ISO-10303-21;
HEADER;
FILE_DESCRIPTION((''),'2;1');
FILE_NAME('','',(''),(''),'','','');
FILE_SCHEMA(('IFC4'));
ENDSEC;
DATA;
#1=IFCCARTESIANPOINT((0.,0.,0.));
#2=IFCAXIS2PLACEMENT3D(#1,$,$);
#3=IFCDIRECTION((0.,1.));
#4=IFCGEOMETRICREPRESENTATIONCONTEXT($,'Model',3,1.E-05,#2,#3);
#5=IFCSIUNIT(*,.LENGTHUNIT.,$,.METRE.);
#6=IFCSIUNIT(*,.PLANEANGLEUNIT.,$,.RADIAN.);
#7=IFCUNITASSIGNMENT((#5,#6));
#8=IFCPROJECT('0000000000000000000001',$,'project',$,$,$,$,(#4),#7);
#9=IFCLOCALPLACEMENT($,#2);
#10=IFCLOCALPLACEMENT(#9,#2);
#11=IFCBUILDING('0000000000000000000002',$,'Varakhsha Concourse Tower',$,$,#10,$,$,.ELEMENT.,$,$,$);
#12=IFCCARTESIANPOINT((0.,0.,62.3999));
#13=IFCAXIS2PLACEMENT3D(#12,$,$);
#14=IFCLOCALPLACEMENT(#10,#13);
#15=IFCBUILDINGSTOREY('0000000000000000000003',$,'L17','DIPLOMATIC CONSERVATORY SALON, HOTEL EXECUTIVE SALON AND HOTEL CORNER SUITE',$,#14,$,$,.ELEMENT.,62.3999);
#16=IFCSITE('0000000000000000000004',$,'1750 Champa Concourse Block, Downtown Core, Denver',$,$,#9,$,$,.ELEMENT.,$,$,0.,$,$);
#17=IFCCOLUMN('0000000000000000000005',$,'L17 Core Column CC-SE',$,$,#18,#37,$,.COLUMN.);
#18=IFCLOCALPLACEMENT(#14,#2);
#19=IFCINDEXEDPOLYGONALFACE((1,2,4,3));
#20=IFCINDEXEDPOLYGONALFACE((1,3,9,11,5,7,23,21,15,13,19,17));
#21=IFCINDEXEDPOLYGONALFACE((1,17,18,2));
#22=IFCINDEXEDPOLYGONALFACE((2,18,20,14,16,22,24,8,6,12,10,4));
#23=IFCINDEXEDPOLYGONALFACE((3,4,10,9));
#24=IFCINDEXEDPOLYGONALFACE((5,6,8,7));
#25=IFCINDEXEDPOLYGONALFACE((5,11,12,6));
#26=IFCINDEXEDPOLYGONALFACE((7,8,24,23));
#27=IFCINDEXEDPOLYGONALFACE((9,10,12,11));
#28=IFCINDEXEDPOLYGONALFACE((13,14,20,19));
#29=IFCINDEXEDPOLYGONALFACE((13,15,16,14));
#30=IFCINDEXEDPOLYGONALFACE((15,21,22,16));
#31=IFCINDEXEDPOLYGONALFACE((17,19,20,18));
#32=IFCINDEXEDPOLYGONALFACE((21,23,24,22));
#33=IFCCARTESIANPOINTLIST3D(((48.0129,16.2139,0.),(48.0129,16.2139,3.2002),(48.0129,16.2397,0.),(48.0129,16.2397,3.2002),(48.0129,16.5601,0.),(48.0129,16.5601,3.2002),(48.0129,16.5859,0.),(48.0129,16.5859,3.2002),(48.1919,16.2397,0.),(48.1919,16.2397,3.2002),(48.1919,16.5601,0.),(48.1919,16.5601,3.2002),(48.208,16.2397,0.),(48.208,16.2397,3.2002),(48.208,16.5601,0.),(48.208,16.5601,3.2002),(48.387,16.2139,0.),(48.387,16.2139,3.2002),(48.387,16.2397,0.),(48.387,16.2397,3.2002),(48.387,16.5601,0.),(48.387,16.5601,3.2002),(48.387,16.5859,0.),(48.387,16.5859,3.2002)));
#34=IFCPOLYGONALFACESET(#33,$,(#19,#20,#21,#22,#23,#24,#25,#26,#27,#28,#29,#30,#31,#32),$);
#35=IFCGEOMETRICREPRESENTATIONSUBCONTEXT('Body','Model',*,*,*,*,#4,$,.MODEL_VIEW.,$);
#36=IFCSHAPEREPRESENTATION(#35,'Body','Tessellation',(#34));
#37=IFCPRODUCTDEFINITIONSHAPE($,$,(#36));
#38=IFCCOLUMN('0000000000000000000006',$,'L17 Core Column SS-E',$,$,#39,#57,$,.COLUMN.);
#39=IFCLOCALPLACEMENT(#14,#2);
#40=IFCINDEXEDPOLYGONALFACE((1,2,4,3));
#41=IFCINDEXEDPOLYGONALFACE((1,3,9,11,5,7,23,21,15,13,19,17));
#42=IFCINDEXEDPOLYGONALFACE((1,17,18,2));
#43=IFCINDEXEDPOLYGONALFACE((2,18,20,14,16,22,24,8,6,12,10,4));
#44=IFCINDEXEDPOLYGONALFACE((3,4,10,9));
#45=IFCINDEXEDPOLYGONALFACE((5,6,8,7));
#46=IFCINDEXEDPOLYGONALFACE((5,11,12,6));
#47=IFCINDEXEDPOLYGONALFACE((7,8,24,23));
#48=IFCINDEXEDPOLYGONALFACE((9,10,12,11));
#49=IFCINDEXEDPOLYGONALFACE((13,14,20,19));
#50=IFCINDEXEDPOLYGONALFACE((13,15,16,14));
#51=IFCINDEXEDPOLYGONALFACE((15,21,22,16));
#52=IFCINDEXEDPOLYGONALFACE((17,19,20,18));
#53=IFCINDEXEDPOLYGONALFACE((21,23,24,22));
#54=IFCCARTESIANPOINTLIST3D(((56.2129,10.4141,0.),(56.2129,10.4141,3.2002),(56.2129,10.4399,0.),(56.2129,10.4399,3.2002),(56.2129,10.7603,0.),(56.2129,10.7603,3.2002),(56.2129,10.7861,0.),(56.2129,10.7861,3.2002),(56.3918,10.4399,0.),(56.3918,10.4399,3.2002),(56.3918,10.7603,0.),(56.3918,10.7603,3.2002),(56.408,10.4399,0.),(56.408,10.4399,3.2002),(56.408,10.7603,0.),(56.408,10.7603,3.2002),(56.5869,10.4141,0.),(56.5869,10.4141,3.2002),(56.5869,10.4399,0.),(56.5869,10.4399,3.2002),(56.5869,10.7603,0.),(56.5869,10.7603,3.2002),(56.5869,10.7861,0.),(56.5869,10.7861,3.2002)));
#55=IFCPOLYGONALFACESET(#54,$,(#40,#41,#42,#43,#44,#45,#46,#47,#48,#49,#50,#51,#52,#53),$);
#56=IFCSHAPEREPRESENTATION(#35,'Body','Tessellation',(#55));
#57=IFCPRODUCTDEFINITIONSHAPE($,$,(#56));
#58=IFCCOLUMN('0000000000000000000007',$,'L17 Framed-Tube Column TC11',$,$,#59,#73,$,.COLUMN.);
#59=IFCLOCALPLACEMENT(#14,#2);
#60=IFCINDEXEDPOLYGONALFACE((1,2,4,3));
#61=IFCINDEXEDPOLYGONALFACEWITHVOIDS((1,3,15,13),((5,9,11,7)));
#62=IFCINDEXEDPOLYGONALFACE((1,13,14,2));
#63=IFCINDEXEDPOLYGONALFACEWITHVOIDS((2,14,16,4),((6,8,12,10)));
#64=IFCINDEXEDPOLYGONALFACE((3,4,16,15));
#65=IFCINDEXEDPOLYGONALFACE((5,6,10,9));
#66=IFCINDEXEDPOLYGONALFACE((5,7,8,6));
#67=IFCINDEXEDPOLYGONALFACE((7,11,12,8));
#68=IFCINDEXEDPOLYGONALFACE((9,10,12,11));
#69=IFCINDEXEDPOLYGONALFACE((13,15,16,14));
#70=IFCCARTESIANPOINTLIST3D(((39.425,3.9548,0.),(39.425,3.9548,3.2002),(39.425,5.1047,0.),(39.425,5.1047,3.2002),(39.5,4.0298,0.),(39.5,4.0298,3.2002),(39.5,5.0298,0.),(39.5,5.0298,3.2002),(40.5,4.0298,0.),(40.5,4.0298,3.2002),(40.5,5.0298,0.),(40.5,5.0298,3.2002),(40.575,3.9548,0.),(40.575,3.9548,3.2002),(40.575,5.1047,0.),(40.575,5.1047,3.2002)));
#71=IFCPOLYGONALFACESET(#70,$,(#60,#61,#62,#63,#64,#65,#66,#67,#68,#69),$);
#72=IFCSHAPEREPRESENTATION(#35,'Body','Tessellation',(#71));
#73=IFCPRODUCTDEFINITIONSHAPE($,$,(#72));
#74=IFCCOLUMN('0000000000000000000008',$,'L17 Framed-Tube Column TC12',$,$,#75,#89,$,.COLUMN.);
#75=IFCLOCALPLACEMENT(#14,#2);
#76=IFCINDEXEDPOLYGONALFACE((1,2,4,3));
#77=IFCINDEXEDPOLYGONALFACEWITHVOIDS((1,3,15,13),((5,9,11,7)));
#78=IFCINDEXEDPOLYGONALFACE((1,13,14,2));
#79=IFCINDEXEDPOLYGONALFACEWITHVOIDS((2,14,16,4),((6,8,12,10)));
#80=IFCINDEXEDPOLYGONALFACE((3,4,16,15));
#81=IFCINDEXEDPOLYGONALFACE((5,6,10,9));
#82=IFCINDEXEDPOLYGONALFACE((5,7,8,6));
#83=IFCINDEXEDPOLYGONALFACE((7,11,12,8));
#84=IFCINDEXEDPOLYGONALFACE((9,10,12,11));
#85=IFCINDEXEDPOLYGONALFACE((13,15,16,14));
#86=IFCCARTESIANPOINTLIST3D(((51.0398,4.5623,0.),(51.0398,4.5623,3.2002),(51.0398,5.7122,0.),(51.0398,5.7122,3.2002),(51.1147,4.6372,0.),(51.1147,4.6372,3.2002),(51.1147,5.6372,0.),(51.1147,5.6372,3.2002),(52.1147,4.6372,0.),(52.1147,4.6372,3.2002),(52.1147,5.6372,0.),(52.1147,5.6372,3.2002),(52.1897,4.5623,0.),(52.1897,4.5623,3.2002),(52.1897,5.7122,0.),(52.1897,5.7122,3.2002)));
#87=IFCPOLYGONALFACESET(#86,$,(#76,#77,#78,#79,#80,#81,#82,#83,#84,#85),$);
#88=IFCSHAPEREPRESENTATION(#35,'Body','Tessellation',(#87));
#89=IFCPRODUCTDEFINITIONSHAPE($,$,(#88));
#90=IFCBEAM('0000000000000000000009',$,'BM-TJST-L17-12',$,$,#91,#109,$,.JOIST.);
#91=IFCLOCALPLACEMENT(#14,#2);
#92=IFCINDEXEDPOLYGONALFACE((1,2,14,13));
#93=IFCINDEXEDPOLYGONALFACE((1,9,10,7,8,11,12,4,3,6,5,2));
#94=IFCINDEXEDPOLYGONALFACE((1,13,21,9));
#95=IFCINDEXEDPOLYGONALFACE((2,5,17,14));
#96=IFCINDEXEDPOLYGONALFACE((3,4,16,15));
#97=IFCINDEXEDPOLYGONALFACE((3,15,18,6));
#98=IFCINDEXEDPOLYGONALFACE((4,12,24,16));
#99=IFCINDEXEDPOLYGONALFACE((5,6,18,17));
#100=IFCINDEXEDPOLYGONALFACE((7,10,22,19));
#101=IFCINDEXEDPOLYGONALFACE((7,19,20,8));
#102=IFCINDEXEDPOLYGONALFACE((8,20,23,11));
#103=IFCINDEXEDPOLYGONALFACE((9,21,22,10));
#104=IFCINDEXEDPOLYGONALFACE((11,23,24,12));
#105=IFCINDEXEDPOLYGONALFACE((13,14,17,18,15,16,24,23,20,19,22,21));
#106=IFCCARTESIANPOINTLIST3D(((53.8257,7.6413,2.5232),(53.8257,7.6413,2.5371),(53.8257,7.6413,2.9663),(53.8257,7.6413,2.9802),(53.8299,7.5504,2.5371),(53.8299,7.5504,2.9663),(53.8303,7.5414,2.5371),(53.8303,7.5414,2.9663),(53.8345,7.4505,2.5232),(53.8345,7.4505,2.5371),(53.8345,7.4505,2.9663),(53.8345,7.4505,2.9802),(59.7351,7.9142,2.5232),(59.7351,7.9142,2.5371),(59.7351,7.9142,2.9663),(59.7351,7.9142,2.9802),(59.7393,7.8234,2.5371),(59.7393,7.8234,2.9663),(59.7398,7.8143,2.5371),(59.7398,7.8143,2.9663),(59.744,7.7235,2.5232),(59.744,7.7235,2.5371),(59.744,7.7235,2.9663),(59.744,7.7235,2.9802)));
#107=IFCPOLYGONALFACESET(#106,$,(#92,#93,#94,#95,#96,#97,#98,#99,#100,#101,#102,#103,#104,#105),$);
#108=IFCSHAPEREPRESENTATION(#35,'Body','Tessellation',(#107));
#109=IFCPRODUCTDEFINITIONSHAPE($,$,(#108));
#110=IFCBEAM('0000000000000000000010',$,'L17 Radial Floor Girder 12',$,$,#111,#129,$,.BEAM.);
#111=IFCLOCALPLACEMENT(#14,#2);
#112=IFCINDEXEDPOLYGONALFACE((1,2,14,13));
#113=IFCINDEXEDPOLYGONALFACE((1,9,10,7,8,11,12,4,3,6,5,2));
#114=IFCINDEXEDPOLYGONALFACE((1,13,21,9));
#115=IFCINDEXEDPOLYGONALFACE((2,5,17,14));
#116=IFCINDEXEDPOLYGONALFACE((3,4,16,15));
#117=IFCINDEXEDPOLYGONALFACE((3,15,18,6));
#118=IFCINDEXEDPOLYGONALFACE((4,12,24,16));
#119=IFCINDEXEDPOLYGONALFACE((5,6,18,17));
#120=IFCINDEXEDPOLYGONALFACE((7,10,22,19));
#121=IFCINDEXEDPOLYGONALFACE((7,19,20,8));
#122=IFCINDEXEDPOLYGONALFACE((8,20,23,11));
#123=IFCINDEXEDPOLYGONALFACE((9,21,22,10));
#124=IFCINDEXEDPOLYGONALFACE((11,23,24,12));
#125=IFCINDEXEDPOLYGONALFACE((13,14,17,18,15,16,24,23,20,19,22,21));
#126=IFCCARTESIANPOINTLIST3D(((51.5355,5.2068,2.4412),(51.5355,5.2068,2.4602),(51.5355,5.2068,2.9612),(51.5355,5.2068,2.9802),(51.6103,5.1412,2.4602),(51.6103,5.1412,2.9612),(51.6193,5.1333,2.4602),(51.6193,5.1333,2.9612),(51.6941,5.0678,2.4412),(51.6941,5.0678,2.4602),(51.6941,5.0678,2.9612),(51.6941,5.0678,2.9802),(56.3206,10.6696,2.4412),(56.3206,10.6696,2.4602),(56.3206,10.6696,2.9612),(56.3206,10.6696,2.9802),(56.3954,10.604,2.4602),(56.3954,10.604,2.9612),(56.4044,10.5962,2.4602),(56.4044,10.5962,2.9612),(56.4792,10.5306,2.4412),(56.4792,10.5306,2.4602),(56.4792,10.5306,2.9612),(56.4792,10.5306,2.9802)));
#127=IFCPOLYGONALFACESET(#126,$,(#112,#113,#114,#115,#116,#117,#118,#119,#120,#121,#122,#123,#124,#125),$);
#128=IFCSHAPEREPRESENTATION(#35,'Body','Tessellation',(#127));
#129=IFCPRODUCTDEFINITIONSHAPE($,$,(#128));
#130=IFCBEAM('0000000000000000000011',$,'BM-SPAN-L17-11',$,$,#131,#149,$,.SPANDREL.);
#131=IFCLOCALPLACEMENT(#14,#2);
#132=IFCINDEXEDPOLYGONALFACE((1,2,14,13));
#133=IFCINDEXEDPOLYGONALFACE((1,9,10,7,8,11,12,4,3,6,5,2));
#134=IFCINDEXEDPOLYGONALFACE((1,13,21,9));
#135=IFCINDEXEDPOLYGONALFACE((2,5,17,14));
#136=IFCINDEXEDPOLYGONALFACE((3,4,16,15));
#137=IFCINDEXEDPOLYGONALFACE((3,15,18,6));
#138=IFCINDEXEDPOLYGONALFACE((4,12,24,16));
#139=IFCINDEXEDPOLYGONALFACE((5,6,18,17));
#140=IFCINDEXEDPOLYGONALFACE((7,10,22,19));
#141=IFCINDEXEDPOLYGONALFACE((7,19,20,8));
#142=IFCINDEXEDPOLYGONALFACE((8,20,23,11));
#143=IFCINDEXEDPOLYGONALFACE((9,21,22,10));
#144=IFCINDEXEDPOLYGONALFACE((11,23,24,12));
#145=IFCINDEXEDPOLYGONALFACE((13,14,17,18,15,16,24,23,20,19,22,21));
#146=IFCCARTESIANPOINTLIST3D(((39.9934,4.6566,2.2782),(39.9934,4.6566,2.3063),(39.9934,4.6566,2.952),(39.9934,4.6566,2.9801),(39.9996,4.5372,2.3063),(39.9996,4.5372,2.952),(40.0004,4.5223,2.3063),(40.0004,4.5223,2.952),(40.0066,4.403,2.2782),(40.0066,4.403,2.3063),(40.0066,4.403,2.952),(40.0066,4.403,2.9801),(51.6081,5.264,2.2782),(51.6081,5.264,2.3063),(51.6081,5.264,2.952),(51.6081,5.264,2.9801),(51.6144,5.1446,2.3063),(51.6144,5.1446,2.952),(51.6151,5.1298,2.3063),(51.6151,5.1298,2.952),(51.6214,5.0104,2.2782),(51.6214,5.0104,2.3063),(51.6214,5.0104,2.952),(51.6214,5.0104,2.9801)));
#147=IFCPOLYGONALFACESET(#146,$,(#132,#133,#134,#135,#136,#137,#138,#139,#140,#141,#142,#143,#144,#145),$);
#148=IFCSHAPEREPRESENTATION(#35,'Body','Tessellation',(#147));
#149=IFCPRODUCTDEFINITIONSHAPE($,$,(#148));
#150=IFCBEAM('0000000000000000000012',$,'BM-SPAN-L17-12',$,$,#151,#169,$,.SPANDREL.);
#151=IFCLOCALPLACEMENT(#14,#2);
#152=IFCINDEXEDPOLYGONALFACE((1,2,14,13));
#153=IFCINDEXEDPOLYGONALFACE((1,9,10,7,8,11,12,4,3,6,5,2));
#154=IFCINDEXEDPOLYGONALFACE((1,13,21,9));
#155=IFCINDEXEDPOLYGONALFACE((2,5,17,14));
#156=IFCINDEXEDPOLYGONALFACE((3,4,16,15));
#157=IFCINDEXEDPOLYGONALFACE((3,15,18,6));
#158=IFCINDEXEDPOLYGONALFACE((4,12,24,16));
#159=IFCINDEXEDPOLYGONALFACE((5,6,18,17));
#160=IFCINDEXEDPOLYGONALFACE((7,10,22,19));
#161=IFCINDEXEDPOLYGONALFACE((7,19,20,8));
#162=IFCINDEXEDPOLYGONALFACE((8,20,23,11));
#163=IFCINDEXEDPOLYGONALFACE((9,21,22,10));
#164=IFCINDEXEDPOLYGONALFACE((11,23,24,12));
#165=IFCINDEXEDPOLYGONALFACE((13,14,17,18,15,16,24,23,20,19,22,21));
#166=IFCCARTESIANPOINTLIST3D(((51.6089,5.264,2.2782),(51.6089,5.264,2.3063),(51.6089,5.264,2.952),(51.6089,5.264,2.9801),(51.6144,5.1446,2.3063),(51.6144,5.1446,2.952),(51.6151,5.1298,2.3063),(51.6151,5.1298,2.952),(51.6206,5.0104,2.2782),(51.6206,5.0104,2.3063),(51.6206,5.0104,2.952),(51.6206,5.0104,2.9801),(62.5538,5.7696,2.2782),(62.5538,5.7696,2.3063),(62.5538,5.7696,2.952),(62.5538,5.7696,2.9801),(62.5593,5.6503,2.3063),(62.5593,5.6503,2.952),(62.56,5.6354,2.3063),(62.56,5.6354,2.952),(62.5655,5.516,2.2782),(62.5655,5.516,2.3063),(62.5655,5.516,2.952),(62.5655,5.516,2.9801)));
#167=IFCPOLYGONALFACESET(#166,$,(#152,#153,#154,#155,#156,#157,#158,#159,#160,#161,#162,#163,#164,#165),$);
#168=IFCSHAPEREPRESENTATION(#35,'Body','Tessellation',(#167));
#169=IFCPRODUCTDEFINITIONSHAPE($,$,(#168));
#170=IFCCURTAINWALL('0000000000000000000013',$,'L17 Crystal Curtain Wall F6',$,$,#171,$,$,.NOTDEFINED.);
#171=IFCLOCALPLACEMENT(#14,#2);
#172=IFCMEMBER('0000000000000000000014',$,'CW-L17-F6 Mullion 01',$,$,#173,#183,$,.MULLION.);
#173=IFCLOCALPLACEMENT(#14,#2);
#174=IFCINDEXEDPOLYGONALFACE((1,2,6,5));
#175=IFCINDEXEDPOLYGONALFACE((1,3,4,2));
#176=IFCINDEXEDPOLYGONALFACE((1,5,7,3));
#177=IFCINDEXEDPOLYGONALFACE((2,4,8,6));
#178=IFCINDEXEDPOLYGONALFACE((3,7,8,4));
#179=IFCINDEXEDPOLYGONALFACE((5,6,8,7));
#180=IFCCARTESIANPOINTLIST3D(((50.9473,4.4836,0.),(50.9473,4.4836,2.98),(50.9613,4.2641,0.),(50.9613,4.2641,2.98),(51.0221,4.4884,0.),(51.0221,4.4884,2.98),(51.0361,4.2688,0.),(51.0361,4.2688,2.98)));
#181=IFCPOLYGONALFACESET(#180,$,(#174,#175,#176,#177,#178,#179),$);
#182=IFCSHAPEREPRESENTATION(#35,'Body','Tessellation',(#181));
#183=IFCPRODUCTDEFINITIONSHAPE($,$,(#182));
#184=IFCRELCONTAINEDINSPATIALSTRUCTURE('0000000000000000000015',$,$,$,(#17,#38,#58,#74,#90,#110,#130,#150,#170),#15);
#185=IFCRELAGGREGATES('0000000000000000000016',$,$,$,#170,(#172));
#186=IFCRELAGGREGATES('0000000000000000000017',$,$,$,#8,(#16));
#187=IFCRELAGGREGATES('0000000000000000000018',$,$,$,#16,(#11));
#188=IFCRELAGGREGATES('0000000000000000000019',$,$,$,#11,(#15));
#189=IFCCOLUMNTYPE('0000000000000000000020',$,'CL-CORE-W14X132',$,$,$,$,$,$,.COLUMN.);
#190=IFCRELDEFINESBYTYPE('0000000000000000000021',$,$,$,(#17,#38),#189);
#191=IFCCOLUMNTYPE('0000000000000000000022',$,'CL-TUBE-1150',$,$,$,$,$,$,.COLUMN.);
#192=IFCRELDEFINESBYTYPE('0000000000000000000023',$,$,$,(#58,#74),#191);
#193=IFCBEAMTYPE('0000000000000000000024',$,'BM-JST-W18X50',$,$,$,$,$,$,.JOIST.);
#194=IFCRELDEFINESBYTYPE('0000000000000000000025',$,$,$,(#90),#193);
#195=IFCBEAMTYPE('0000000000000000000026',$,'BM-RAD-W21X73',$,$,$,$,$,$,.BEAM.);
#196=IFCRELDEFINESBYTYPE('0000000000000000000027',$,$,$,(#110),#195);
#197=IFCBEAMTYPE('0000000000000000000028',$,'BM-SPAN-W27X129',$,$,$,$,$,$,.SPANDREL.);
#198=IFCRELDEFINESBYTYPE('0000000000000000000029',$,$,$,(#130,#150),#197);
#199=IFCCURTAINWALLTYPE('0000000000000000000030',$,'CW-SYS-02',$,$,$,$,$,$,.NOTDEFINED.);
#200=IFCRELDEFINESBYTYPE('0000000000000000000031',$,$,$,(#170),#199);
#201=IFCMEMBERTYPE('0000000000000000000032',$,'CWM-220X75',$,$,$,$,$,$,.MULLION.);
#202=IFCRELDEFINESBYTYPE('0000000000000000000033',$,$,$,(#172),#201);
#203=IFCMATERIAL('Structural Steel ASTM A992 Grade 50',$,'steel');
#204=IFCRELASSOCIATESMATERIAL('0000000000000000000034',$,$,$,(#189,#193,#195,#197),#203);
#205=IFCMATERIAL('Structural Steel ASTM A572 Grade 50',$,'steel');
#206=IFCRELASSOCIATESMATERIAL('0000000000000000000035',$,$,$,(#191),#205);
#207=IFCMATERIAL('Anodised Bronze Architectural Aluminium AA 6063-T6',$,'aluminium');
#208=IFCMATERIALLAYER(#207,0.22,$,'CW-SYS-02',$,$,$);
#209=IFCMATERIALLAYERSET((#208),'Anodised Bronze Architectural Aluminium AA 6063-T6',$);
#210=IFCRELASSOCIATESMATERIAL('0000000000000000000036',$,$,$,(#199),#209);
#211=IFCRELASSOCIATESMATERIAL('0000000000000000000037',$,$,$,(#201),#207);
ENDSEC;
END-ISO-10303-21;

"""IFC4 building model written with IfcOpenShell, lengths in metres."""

from ifc_helpers import new_model, si_unit, direction, frame, origin, origin_2d, place, context, subcontext, project, spatial, rectangle, hollow_rectangle, i_section, extrude, source, transform, mapped, material, layer, layer_set, material_profile, profile_set, type_object, type_shapes, element, aggregate, save


model = new_model("IFC4")

# Units and contexts
model_context = context("Model", 3, precision=1e-05, world=origin(), true_north=direction((0.0, 1.0)))
body_context = subcontext(model_context, "Body", "Model", "MODEL_VIEW")
ifc_project = project(units=[si_unit("LENGTHUNIT", "METRE"), si_unit("PLANEANGLEUNIT", "RADIAN")], contexts=[model_context])

# Site, building, storey
site_placement = place(None, origin())
site = spatial("IfcSite", under=ifc_project, at=site_placement, Name="1750 Champa Concourse Block, Downtown Core, Denver", CompositionType="ELEMENT", RefElevation=0.0)
building_placement = place(site_placement, origin())
building = spatial("IfcBuilding", under=site, at=building_placement, Name="Varakhsha Concourse Tower", CompositionType="ELEMENT")
storey_placement = place(building_placement, frame((0.0, 0.0, 62.3999)))
storey = spatial("IfcBuildingStorey", under=building, at=storey_placement, Name="L17", Description="DIPLOMATIC CONSERVATORY SALON, HOTEL EXECUTIVE SALON AND HOTEL CORNER SUITE", CompositionType="ELEMENT", Elevation=62.3999)

# Columns
ifc_material_1 = material(Name="Structural Steel ASTM A992 Grade 50", Category="steel")
ifc_material_profile_1 = material_profile(ifc_material_1, i_section(OverallWidth=0.374, OverallDepth=0.3721, WebThickness=0.0161, FlangeThickness=0.0259, at=origin_2d()), Name="W14X132")
ifc_profile_set_1 = profile_set([ifc_material_profile_1], Name="Structural Steel ASTM A992 Grade 50")
column_type_1 = type_object("IfcColumnType", Name="CL-CORE-W14X132", PredefinedType="COLUMN", material=ifc_profile_set_1)
for number, where, z_axis, x_axis, name in (
    (1, (48.2, 16.3999, 0.0), (0.0, 0.0, 1.0), (1.0, 0.0, 0.0), "L17 Core Column CC-SE"),
    (2, (56.3999, 10.6001, 0.0), (0.0, 0.0, 1.0), (1.0, 0.0, 0.0), "L17 Core Column SS-E"),
):
    element("IfcColumn", number, at=place(storey_placement, frame(where, z_axis=z_axis, x_axis=x_axis)), inside=storey, type_object=column_type_1, Name=name, PredefinedType="COLUMN", context=body_context, shape_type="SweptSolid", body=[
        extrude(i_section(OverallWidth=0.374, OverallDepth=0.3721, WebThickness=0.0161, FlangeThickness=0.0259, at=origin_2d()), origin(), (0.0, 0.0, 1.0), 3.2002),
    ])
ifc_material_2 = material(Name="Structural Steel ASTM A572 Grade 50", Category="steel")
ifc_material_profile_2 = material_profile(ifc_material_2, hollow_rectangle(XDim=1.1499, YDim=1.1499, WallThickness=0.075, at=origin_2d()), Name="BOX 1150x1150x75")
ifc_profile_set_2 = profile_set([ifc_material_profile_2], Name="Structural Steel ASTM A572 Grade 50")
column_type_2 = type_object("IfcColumnType", Name="CL-TUBE-1150", PredefinedType="COLUMN", material=ifc_profile_set_2)
for number, where, z_axis, x_axis, name in (
    (3, (40.0, 4.5298, 0.0), (0.0, 0.0, 1.0), (1.0, 0.0, 0.0), "L17 Framed-Tube Column TC11"),
    (4, (51.6147, 5.1372, 0.0), (0.0, 0.0, 1.0), (1.0, 0.0, 0.0), "L17 Framed-Tube Column TC12"),
):
    element("IfcColumn", number, at=place(storey_placement, frame(where, z_axis=z_axis, x_axis=x_axis)), inside=storey, type_object=column_type_2, Name=name, PredefinedType="COLUMN", context=body_context, shape_type="SweptSolid", body=[
        extrude(hollow_rectangle(XDim=1.1499, YDim=1.1499, WallThickness=0.075, at=origin_2d()), origin(), (0.0, 0.0, 1.0), 3.2002),
    ])

# Beams
ifc_material_profile_3 = material_profile(ifc_material_1, i_section(OverallWidth=0.1909, OverallDepth=0.457, WebThickness=0.009, FlangeThickness=0.0139, at=origin_2d()), Name="W18X50")
ifc_profile_set_3 = profile_set([ifc_material_profile_3], Name="Structural Steel ASTM A992 Grade 50")
beam_type_1 = type_object("IfcBeamType", Name="BM-JST-W18X50", PredefinedType="JOIST", material=ifc_profile_set_3)
beam_1_placement = place(storey_placement, frame((53.8301, 7.5459, 2.7517), z_axis=(0.998935, 0.04614, 0.0), x_axis=(-0.04614, 0.998935, 0.0)))
element("IfcBeam", 5, at=beam_1_placement, inside=storey, type_object=beam_type_1, Name="BM-TJST-L17-12", PredefinedType="JOIST", context=body_context, shape_type="SweptSolid", body=[
    extrude(i_section(OverallWidth=0.1909, OverallDepth=0.457, WebThickness=0.009, FlangeThickness=0.0139, at=origin_2d()), origin(), (0.0, 0.0, 1.0), 5.9158),
])
ifc_material_profile_4 = material_profile(ifc_material_1, i_section(OverallWidth=0.2109, OverallDepth=0.5391, WebThickness=0.012, FlangeThickness=0.019, at=origin_2d()), Name="W21X73")
ifc_profile_set_4 = profile_set([ifc_material_profile_4], Name="Structural Steel ASTM A992 Grade 50")
beam_type_2 = type_object("IfcBeamType", Name="BM-RAD-W21X73", PredefinedType="BEAM", material=ifc_profile_set_4)
beam_2_placement = place(storey_placement, frame((56.3999, 10.6001, 2.7107), z_axis=(-0.658904, -0.752227, 0.0), x_axis=(0.752227, -0.658904, 0.0)))
element("IfcBeam", 6, at=beam_2_placement, inside=storey, type_object=beam_type_2, Name="L17 Radial Floor Girder 12", PredefinedType="BEAM", context=body_context, shape_type="SweptSolid", body=[
    extrude(i_section(OverallWidth=0.2109, OverallDepth=0.5391, WebThickness=0.012, FlangeThickness=0.019, at=origin_2d()), origin(), (0.0, 0.0, 1.0), 7.2622),
])
ifc_material_profile_5 = material_profile(ifc_material_1, i_section(OverallWidth=0.2539, OverallDepth=0.7019, WebThickness=0.0149, FlangeThickness=0.0281, at=origin_2d()), Name="W27X129")
ifc_profile_set_5 = profile_set([ifc_material_profile_5], Name="Structural Steel ASTM A992 Grade 50")
beam_type_3 = type_object("IfcBeamType", Name="BM-SPAN-W27X129", PredefinedType="SPANDREL", material=ifc_profile_set_5)
beam_3_placement = place(storey_placement, frame((40.0, 4.5298, 2.6292), z_axis=(0.998635, 0.052226, 0.0), x_axis=(-0.052226, 0.998635, 0.0)))
element("IfcBeam", 7, at=beam_3_placement, inside=storey, type_object=beam_type_3, Name="BM-SPAN-L17-11", PredefinedType="SPANDREL", context=body_context, shape_type="SweptSolid", body=[
    extrude(i_section(OverallWidth=0.2539, OverallDepth=0.7019, WebThickness=0.0149, FlangeThickness=0.0281, at=origin_2d()), origin(), (0.0, 0.0, 1.0), 11.6306),
])
beam_4_placement = place(storey_placement, frame((51.6147, 5.1372, 2.6292), z_axis=(0.998935, 0.046148, 0.0), x_axis=(-0.046148, 0.998935, 0.0)))
element("IfcBeam", 8, at=beam_4_placement, inside=storey, type_object=beam_type_3, Name="BM-SPAN-L17-12", PredefinedType="SPANDREL", context=body_context, shape_type="SweptSolid", body=[
    extrude(i_section(OverallWidth=0.2539, OverallDepth=0.7019, WebThickness=0.0149, FlangeThickness=0.0281, at=origin_2d()), origin(), (0.0, 0.0, 1.0), 10.9565),
])

# Curtain wall, member
ifc_material_3 = material(Name="Anodised Bronze Architectural Aluminium AA 6063-T6", Category="aluminium")
ifc_layer_1 = layer(ifc_material_3, 0.22, Name="CW-SYS-02")
ifc_layer_set_1 = layer_set([ifc_layer_1], Name="Anodised Bronze Architectural Aluminium AA 6063-T6")
curtain_wall_type = type_object("IfcCurtainWallType", Name="CW-SYS-02", PredefinedType="NOTDEFINED", material=ifc_layer_set_1)
curtain_wall_placement = place(storey_placement, origin())
curtain_wall = element("IfcCurtainWall", 9, at=curtain_wall_placement, inside=storey, type_object=curtain_wall_type, Name="L17 Crystal Curtain Wall F6", PredefinedType="NOTDEFINED")
ifc_material_profile_6 = material_profile(ifc_material_3, rectangle(XDim=0.075, YDim=0.22, at=origin_2d()), Name="CWM-220X75")
ifc_profile_set_6 = profile_set([ifc_material_profile_6], Name="Anodised Bronze Architectural Aluminium AA 6063-T6")
member_type = type_object("IfcMemberType", Name="CWM-220X75", PredefinedType="MULLION", material=ifc_profile_set_6)
shared_shape_1 = source(origin(), body_context, "Body", "SweptSolid", [
    extrude(rectangle(XDim=0.075, YDim=0.22, at=origin_2d()), origin(), (0.0, 0.0, 1.0), 2.98),
])
type_shapes(member_type, [shared_shape_1])
member_1_placement = place(storey_placement, frame((50.9917, 4.3762, 0.0), z_axis=(0.0, 0.0, 1.0), x_axis=(-0.99799, -0.063378, 0.0)))
member_1 = element("IfcMember", 10, at=member_1_placement, type_object=member_type, Name="CW-L17-F6 Mullion 01", PredefinedType="MULLION", context=body_context, shape_type="MappedRepresentation", body=[
    mapped(shared_shape_1, transform((0.0, 0.0, 0.0), scale=1.0)),
])
aggregate(curtain_wall, [member_1])

save(model, "model.ifc")
